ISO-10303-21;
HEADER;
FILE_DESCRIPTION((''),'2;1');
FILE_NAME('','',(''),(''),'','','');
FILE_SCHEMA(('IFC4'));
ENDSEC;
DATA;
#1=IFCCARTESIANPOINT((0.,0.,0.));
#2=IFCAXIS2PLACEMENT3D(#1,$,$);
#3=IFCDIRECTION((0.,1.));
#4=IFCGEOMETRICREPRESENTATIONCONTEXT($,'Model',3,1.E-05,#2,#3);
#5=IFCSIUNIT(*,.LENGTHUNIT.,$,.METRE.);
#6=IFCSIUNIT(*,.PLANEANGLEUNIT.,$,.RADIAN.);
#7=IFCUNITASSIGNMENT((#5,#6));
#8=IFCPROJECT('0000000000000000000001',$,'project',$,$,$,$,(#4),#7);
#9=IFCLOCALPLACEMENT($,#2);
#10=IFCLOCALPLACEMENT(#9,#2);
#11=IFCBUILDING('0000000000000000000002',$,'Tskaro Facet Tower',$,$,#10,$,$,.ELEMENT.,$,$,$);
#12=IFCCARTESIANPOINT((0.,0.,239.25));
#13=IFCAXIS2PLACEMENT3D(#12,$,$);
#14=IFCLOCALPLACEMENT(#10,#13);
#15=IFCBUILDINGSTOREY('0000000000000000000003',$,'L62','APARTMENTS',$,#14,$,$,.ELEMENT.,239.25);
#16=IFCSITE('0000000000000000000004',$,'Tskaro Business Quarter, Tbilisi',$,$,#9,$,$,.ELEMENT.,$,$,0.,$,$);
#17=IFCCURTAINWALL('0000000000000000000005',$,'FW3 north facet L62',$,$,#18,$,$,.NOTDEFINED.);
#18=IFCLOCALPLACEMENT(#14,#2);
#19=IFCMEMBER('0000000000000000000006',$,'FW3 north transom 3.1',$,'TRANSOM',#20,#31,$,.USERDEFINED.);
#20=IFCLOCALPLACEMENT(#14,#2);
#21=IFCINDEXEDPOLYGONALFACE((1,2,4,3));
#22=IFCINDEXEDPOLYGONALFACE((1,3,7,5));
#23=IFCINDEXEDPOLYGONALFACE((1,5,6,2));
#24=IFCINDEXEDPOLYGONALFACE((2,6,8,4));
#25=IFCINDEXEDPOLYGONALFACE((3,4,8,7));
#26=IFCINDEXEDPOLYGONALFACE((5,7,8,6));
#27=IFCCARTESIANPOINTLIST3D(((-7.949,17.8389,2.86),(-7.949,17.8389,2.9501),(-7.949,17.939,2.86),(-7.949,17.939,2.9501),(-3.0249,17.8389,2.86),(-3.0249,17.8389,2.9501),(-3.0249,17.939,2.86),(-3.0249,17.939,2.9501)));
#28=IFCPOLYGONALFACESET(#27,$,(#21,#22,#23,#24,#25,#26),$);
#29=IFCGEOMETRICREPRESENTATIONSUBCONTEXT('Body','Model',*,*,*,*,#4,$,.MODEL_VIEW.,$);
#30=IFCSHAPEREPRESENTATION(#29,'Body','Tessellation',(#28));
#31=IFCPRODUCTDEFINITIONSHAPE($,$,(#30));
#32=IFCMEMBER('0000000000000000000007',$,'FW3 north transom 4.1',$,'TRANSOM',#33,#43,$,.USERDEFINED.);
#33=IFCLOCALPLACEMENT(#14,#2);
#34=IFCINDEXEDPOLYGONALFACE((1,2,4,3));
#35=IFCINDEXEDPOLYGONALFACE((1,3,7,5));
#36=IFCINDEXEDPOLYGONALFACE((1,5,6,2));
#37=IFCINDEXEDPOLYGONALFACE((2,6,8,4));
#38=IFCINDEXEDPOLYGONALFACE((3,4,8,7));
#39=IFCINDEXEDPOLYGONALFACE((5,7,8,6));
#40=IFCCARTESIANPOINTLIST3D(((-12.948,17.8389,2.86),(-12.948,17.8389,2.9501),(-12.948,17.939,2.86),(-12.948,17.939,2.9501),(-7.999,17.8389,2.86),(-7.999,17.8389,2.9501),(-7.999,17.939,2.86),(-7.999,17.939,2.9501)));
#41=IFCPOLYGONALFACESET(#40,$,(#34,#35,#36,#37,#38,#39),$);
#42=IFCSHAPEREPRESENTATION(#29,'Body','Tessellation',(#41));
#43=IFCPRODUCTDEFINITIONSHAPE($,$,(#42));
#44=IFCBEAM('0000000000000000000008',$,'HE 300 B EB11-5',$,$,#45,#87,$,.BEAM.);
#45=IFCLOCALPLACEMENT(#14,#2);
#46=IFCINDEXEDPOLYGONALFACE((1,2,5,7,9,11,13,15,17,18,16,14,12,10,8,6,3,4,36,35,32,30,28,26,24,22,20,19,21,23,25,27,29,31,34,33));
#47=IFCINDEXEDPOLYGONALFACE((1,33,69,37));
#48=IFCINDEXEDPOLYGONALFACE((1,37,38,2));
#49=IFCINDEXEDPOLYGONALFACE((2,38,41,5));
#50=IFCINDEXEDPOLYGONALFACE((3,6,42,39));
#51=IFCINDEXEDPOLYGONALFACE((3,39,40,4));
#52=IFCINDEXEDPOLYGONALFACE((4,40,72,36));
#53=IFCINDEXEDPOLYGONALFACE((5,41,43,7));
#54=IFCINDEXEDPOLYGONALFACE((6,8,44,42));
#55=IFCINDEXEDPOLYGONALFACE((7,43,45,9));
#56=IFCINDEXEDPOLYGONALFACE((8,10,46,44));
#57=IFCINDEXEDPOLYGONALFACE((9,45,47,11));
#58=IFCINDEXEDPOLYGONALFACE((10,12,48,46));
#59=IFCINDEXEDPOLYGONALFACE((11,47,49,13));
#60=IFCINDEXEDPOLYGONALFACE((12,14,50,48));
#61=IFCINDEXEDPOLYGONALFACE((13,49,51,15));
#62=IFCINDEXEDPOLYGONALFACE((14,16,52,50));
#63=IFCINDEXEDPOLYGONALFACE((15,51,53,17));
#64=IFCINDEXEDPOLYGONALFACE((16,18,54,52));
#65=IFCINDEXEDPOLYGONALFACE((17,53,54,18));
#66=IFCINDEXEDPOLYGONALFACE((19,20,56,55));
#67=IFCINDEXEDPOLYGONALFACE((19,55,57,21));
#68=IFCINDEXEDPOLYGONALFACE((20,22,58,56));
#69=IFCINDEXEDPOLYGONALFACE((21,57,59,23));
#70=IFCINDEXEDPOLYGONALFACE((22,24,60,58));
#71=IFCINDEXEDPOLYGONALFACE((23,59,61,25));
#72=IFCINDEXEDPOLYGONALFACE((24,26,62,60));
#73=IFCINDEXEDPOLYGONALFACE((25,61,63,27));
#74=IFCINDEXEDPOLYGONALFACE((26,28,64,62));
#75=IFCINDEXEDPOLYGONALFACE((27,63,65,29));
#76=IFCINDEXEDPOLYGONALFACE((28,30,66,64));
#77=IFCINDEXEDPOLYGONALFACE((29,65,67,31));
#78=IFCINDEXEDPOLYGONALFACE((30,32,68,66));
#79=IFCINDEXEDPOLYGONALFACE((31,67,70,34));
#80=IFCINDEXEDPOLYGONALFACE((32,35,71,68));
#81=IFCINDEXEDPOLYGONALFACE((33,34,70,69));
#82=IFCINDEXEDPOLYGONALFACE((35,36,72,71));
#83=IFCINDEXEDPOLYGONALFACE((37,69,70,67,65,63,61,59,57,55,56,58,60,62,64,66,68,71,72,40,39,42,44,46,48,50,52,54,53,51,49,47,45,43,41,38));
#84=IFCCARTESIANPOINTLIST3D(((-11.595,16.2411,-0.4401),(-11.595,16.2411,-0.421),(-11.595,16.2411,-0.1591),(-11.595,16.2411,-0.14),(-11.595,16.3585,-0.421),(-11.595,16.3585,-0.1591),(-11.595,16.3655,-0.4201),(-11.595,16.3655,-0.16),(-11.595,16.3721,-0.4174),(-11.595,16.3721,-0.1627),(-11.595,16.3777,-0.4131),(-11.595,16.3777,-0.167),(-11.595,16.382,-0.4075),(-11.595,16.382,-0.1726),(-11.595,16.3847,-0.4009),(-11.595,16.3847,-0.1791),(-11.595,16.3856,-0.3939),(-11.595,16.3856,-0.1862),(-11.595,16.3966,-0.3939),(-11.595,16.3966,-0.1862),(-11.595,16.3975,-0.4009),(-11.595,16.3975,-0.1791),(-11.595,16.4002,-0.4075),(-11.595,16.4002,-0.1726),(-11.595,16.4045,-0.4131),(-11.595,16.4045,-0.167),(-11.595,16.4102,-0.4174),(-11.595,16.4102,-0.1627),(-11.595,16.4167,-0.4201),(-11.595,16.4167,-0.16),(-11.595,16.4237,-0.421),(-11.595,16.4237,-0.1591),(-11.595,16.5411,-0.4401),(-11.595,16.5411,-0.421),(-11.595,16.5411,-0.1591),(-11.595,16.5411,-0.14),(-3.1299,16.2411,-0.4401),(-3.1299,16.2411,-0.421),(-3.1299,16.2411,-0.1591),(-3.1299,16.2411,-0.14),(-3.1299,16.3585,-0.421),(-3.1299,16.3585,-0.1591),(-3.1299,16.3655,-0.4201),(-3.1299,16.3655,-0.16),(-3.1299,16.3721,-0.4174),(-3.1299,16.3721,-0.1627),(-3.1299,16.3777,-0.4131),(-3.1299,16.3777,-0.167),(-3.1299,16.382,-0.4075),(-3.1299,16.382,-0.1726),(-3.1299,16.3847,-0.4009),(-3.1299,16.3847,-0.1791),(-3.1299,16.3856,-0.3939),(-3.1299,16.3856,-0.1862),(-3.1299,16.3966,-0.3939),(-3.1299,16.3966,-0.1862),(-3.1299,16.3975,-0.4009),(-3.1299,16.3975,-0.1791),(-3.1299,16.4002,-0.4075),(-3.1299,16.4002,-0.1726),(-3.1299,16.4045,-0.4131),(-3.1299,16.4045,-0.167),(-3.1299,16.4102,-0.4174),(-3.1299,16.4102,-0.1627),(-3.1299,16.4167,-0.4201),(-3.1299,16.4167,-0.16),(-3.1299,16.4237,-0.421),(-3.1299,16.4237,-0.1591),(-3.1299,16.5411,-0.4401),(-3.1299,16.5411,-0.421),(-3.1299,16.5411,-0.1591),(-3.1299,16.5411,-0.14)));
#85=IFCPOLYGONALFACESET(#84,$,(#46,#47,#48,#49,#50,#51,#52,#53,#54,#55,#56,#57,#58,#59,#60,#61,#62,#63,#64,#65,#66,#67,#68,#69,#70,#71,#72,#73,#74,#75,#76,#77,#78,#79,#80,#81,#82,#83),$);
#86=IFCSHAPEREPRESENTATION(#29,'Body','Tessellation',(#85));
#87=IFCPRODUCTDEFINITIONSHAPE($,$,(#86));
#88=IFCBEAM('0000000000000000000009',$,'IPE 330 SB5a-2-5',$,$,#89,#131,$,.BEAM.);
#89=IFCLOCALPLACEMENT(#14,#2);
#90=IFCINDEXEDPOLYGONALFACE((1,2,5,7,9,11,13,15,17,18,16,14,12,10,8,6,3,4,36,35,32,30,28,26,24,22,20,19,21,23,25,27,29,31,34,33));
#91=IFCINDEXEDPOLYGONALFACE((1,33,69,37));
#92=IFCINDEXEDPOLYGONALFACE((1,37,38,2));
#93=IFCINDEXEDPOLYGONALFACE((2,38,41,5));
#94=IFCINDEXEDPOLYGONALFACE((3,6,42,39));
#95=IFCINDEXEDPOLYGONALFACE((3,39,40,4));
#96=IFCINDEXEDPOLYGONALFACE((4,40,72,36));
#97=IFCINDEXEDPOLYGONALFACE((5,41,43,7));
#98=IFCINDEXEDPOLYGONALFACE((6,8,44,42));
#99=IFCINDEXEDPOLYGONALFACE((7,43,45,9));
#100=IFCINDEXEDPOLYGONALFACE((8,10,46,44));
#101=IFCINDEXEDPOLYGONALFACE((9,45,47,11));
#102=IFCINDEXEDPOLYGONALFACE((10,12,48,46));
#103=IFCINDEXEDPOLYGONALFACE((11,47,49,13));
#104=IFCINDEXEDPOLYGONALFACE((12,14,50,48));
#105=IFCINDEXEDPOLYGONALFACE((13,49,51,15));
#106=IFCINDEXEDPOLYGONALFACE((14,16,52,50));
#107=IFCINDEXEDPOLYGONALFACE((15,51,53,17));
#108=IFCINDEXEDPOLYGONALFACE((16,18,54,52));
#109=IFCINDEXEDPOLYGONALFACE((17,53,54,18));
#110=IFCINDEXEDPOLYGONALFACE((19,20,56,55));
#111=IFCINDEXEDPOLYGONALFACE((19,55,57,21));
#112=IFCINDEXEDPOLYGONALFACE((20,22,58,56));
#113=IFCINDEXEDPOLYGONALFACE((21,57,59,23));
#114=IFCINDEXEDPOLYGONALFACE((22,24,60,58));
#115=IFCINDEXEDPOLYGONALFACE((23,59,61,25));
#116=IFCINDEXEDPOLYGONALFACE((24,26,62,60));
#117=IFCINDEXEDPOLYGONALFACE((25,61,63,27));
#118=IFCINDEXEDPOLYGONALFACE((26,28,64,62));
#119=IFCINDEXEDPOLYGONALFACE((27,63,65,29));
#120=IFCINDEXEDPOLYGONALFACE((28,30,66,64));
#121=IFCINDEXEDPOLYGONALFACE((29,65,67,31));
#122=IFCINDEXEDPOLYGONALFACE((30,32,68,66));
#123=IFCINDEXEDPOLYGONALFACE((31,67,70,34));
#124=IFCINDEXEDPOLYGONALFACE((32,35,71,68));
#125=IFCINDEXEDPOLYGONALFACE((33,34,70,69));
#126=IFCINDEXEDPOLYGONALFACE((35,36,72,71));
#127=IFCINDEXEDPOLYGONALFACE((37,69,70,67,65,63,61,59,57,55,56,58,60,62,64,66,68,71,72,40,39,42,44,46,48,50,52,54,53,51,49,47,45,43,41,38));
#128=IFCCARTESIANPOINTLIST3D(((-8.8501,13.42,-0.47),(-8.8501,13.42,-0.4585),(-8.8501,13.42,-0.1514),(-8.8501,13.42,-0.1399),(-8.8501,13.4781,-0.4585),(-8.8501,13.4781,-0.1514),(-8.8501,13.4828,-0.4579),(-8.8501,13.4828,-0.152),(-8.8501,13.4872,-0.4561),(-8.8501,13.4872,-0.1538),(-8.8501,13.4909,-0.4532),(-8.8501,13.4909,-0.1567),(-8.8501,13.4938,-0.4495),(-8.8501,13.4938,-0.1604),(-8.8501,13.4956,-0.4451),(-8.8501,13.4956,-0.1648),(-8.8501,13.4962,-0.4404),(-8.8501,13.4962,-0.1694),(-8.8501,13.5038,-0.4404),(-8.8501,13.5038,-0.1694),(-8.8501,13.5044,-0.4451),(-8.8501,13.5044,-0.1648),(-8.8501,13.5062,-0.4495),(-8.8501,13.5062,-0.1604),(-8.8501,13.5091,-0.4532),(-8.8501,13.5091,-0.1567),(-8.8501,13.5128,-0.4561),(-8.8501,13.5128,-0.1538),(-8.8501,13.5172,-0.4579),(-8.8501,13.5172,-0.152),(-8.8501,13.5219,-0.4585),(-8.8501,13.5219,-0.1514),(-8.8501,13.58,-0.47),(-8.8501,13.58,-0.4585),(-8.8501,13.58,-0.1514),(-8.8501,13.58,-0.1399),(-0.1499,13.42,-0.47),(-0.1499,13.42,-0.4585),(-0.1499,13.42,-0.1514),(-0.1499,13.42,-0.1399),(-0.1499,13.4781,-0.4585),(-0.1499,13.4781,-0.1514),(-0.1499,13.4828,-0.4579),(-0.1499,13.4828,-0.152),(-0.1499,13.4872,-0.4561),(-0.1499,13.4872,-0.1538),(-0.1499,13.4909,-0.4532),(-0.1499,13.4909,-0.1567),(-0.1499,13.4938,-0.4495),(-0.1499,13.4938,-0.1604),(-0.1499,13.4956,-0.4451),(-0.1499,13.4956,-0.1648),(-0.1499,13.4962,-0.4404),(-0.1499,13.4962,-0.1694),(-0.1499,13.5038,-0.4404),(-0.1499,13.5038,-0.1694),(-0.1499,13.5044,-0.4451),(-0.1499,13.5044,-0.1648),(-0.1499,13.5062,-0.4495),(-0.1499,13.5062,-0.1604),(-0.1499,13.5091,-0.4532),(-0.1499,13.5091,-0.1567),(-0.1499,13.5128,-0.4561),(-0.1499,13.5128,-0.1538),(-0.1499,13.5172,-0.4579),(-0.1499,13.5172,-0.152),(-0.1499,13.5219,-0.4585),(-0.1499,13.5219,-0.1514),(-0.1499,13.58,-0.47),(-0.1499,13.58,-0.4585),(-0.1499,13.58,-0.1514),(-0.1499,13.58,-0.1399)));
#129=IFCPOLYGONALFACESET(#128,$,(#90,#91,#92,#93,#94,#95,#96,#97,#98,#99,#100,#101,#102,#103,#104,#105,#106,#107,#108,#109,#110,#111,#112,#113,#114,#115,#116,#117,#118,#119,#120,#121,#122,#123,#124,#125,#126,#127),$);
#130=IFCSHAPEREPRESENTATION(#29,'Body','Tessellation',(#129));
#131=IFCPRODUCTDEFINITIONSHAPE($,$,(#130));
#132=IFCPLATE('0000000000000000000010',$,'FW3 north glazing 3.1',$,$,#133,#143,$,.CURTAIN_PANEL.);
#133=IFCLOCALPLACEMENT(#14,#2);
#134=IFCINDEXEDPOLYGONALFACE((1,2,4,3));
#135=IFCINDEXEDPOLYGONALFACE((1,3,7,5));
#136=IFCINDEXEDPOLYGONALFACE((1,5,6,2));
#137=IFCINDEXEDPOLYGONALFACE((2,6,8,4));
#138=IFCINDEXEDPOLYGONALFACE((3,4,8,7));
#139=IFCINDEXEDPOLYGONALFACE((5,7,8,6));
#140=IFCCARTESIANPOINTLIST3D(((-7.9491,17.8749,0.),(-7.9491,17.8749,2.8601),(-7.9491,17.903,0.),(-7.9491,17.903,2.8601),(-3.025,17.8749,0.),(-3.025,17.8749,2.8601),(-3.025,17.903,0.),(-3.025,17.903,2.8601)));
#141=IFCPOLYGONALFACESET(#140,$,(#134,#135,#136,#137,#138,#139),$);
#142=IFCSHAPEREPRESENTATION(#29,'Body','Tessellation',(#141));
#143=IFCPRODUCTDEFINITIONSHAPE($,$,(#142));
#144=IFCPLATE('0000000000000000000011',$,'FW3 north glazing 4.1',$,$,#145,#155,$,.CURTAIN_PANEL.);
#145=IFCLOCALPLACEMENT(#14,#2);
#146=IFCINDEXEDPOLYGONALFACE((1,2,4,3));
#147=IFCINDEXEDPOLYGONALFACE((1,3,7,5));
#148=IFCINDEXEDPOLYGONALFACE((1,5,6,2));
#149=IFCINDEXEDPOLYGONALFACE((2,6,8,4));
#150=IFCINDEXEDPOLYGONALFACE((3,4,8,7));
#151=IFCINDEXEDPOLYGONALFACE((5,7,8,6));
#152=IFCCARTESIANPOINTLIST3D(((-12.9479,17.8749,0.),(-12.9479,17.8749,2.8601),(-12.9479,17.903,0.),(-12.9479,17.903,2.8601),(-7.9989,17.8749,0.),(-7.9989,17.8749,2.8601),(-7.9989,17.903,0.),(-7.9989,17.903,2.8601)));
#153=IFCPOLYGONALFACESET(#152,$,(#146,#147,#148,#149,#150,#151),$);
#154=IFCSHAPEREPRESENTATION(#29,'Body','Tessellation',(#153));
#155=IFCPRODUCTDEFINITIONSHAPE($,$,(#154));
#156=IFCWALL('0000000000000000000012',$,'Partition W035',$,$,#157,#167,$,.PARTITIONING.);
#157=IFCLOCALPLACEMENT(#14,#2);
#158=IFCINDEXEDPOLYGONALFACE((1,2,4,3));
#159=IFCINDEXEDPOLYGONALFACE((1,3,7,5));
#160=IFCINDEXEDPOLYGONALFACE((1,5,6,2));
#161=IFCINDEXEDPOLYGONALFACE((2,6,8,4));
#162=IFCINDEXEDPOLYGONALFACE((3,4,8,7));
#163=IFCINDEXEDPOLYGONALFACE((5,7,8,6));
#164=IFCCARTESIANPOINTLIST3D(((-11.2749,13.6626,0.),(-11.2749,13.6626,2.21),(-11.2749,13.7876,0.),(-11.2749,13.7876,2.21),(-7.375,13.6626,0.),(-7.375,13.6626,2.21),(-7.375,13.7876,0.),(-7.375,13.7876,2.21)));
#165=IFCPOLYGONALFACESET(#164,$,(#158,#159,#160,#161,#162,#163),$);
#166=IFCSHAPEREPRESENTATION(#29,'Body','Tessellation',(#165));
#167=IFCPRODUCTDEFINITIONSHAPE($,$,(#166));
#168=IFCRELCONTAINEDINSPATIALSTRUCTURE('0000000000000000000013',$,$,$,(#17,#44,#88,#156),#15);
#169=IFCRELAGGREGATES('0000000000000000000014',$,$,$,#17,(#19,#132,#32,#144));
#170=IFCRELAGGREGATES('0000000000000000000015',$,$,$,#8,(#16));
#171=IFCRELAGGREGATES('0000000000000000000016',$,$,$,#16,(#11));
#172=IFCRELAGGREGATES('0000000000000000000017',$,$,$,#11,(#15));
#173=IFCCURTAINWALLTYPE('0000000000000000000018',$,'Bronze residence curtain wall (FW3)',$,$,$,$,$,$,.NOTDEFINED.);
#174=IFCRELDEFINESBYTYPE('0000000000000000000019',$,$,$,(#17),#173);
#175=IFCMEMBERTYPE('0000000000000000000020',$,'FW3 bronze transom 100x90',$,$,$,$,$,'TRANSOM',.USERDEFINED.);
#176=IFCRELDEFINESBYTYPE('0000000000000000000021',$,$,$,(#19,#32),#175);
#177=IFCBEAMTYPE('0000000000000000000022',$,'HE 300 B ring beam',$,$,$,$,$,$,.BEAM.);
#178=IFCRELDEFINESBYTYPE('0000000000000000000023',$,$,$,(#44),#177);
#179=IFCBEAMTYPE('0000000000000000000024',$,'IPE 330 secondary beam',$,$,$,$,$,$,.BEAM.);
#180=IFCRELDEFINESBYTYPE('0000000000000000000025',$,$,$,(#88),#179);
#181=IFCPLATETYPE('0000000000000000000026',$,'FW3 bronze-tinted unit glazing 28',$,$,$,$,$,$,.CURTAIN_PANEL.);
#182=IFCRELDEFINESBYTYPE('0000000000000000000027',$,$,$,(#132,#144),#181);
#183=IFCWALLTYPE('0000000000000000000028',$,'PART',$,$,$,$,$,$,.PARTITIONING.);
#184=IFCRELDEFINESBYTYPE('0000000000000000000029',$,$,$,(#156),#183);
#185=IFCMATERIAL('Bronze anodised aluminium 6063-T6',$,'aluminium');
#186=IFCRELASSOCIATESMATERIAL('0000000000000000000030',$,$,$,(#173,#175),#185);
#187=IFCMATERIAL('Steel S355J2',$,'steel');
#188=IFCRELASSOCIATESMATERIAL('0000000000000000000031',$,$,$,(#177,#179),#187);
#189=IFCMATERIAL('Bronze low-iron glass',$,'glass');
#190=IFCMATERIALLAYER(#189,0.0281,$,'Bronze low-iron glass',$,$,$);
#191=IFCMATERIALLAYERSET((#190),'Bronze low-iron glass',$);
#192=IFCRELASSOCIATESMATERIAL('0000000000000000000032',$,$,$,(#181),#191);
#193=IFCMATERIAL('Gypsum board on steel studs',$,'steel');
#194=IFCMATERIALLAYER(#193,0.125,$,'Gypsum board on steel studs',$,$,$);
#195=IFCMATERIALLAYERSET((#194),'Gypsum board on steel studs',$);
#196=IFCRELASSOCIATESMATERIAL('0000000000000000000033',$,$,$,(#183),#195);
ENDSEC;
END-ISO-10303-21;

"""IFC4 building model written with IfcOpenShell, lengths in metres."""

from ifc_helpers import new_model, si_unit, direction, frame, frame_2d, origin, origin_2d, place, context, subcontext, project, spatial, rectangle, i_section, extrude, material, layer, layer_set, material_profile, profile_set, type_object, element, aggregate, save


model = new_model("IFC4")

# Units and contexts
model_context = context("Model", 3, precision=1e-05, world=origin(), true_north=direction((0.0, 1.0)))
body_context = subcontext(model_context, "Body", "Model", "MODEL_VIEW")
ifc_project = project(units=[si_unit("LENGTHUNIT", "METRE"), si_unit("PLANEANGLEUNIT", "RADIAN")], contexts=[model_context])

# Site, building, storey
site_placement = place(None, origin())
site = spatial("IfcSite", under=ifc_project, at=site_placement, Name="Tskaro Business Quarter, Tbilisi", CompositionType="ELEMENT", RefElevation=0.0)
building_placement = place(site_placement, origin())
building = spatial("IfcBuilding", under=site, at=building_placement, Name="Tskaro Facet Tower", CompositionType="ELEMENT")
storey_placement = place(building_placement, frame((0.0, 0.0, 239.25)))
storey = spatial("IfcBuildingStorey", under=building, at=storey_placement, Name="L62", Description="APARTMENTS", CompositionType="ELEMENT", Elevation=239.25)

# Shared definitions
ifc_material_1 = material(Name="Steel S355J2", Category="steel")

# Curtain wall, members
ifc_material_2 = material(Name="Bronze anodised aluminium 6063-T6", Category="aluminium")
curtain_wall_type = type_object("IfcCurtainWallType", Name="Bronze residence curtain wall (FW3)", PredefinedType="NOTDEFINED", material=ifc_material_2)
curtain_wall_placement = place(storey_placement, origin())
curtain_wall = element("IfcCurtainWall", 1, at=curtain_wall_placement, inside=storey, type_object=curtain_wall_type, Name="FW3 north facet L62", PredefinedType="NOTDEFINED")
ifc_material_profile_1 = material_profile(ifc_material_2, rectangle(XDim=0.1001, YDim=0.0901, at=origin_2d()), Name="Transom 100x90")
ifc_profile_set_1 = profile_set([ifc_material_profile_1], Name="Bronze anodised aluminium 6063-T6")
member_type_1 = type_object("IfcMemberType", Name="FW3 bronze transom 100x90", ElementType="TRANSOM", PredefinedType="USERDEFINED", material=ifc_profile_set_1)
member_1_placement = place(storey_placement, frame((-3.0249, 17.8889, 2.905), z_axis=(-1.0, 0.0, 0.0), x_axis=(0.0, -1.0, 0.0)))
member_1 = element("IfcMember", 2, at=member_1_placement, type_object=member_type_1, Name="FW3 north transom 3.1", ObjectType="TRANSOM", PredefinedType="USERDEFINED", context=body_context, shape_type="SweptSolid", body=[
    extrude(rectangle(XDim=0.1001, YDim=0.0901, at=origin_2d()), origin(), (0.0, 0.0, 1.0), 4.9241),
])
member_2_placement = place(storey_placement, frame((-7.999, 17.8889, 2.905), z_axis=(-1.0, 0.0, 0.0), x_axis=(0.0, -1.0, 0.0)))
member_2 = element("IfcMember", 3, at=member_2_placement, type_object=member_type_1, Name="FW3 north transom 4.1", ObjectType="TRANSOM", PredefinedType="USERDEFINED", context=body_context, shape_type="SweptSolid", body=[
    extrude(rectangle(XDim=0.1001, YDim=0.0901, at=origin_2d()), origin(), (0.0, 0.0, 1.0), 4.949),
])

# Beams
ifc_material_profile_2 = material_profile(ifc_material_1, i_section(OverallWidth=0.3, OverallDepth=0.3, WebThickness=0.011, FlangeThickness=0.019, FilletRadius=0.0271, at=origin_2d()), Name="HE 300 B")
ifc_profile_set_2 = profile_set([ifc_material_profile_2], Name="Steel S355J2")
beam_type_1 = type_object("IfcBeamType", Name="HE 300 B ring beam", PredefinedType="BEAM", material=ifc_profile_set_2)
beam_1_placement = place(storey_placement, frame((-3.1299, 16.3911, -0.29), z_axis=(-1.0, 0.0, 0.0), x_axis=(0.0, -1.0, 0.0)))
element("IfcBeam", 4, at=beam_1_placement, inside=storey, type_object=beam_type_1, Name="HE 300 B EB11-5", PredefinedType="BEAM", context=body_context, shape_type="SweptSolid", body=[
    extrude(i_section(OverallWidth=0.3, OverallDepth=0.3, WebThickness=0.011, FlangeThickness=0.019, FilletRadius=0.0271, at=origin_2d()), origin(), (0.0, 0.0, 1.0), 8.4651),
])
ifc_material_profile_3 = material_profile(ifc_material_1, i_section(OverallWidth=0.1599, OverallDepth=0.3301, WebThickness=0.0076, FlangeThickness=0.0115, FilletRadius=0.0181, at=origin_2d()), Name="IPE 330")
ifc_profile_set_3 = profile_set([ifc_material_profile_3], Name="Steel S355J2")
beam_type_2 = type_object("IfcBeamType", Name="IPE 330 secondary beam", PredefinedType="BEAM", material=ifc_profile_set_3)
beam_2_placement = place(storey_placement, frame((-8.8501, 13.5, -0.3049), z_axis=(1.0, 0.0, 0.0), x_axis=(0.0, 1.0, 0.0)))
element("IfcBeam", 5, at=beam_2_placement, inside=storey, type_object=beam_type_2, Name="IPE 330 SB5a-2-5", PredefinedType="BEAM", context=body_context, shape_type="SweptSolid", body=[
    extrude(i_section(OverallWidth=0.1599, OverallDepth=0.3301, WebThickness=0.0076, FlangeThickness=0.0115, FilletRadius=0.0181, at=origin_2d()), origin(), (0.0, 0.0, 1.0), 8.7002),
])

# Plates
ifc_material_3 = material(Name="Bronze low-iron glass", Category="glass")
ifc_layer_1 = layer(ifc_material_3, 0.0281, Name="Bronze low-iron glass")
ifc_layer_set_1 = layer_set([ifc_layer_1], Name="Bronze low-iron glass")
plate_type = type_object("IfcPlateType", Name="FW3 bronze-tinted unit glazing 28", PredefinedType="CURTAIN_PANEL", material=ifc_layer_set_1)
plate_1_placement = place(storey_placement, frame((-5.4871, 17.8889, 0.0), z_axis=(0.0, 0.0, 1.0), x_axis=(-1.0, 0.0, 0.0)))
plate_1 = element("IfcPlate", 6, at=plate_1_placement, type_object=plate_type, Name="FW3 north glazing 3.1", PredefinedType="CURTAIN_PANEL", context=body_context, shape_type="SweptSolid", body=[
    extrude(rectangle(XDim=4.9241, YDim=0.0281, at=origin_2d()), origin(), (0.0, 0.0, 1.0), 2.8601),
])
plate_2_placement = place(storey_placement, frame((-10.4734, 17.8889, 0.0), z_axis=(0.0, 0.0, 1.0), x_axis=(-1.0, 0.0, 0.0)))
plate_2 = element("IfcPlate", 7, at=plate_2_placement, type_object=plate_type, Name="FW3 north glazing 4.1", PredefinedType="CURTAIN_PANEL", context=body_context, shape_type="SweptSolid", body=[
    extrude(rectangle(XDim=4.949, YDim=0.0281, at=origin_2d()), origin(), (0.0, 0.0, 1.0), 2.8601),
])
aggregate(curtain_wall, [member_1, plate_1, member_2, plate_2])

# Wall
ifc_material_4 = material(Name="Gypsum board on steel studs", Category="steel")
ifc_layer_2 = layer(ifc_material_4, 0.125, Name="Gypsum board on steel studs")
ifc_layer_set_2 = layer_set([ifc_layer_2], Name="Gypsum board on steel studs")
wall_type_1 = type_object("IfcWallType", Name="PART", PredefinedType="PARTITIONING", material=ifc_layer_set_2)
wall_1_placement = place(storey_placement, frame((-11.2749, 13.7251, 0.0), z_axis=(0.0, 0.0, 1.0), x_axis=(1.0, 0.0, 0.0)))
element("IfcWall", 8, at=wall_1_placement, inside=storey, type_object=wall_type_1, Name="Partition W035", PredefinedType="PARTITIONING", context=body_context, shape_type="SweptSolid", body=[
    extrude(rectangle(XDim=3.8999, YDim=0.125, at=frame_2d((1.95, 0.0))), origin(), (0.0, 0.0, 1.0), 2.21),
])

save(model, "model.ifc")
